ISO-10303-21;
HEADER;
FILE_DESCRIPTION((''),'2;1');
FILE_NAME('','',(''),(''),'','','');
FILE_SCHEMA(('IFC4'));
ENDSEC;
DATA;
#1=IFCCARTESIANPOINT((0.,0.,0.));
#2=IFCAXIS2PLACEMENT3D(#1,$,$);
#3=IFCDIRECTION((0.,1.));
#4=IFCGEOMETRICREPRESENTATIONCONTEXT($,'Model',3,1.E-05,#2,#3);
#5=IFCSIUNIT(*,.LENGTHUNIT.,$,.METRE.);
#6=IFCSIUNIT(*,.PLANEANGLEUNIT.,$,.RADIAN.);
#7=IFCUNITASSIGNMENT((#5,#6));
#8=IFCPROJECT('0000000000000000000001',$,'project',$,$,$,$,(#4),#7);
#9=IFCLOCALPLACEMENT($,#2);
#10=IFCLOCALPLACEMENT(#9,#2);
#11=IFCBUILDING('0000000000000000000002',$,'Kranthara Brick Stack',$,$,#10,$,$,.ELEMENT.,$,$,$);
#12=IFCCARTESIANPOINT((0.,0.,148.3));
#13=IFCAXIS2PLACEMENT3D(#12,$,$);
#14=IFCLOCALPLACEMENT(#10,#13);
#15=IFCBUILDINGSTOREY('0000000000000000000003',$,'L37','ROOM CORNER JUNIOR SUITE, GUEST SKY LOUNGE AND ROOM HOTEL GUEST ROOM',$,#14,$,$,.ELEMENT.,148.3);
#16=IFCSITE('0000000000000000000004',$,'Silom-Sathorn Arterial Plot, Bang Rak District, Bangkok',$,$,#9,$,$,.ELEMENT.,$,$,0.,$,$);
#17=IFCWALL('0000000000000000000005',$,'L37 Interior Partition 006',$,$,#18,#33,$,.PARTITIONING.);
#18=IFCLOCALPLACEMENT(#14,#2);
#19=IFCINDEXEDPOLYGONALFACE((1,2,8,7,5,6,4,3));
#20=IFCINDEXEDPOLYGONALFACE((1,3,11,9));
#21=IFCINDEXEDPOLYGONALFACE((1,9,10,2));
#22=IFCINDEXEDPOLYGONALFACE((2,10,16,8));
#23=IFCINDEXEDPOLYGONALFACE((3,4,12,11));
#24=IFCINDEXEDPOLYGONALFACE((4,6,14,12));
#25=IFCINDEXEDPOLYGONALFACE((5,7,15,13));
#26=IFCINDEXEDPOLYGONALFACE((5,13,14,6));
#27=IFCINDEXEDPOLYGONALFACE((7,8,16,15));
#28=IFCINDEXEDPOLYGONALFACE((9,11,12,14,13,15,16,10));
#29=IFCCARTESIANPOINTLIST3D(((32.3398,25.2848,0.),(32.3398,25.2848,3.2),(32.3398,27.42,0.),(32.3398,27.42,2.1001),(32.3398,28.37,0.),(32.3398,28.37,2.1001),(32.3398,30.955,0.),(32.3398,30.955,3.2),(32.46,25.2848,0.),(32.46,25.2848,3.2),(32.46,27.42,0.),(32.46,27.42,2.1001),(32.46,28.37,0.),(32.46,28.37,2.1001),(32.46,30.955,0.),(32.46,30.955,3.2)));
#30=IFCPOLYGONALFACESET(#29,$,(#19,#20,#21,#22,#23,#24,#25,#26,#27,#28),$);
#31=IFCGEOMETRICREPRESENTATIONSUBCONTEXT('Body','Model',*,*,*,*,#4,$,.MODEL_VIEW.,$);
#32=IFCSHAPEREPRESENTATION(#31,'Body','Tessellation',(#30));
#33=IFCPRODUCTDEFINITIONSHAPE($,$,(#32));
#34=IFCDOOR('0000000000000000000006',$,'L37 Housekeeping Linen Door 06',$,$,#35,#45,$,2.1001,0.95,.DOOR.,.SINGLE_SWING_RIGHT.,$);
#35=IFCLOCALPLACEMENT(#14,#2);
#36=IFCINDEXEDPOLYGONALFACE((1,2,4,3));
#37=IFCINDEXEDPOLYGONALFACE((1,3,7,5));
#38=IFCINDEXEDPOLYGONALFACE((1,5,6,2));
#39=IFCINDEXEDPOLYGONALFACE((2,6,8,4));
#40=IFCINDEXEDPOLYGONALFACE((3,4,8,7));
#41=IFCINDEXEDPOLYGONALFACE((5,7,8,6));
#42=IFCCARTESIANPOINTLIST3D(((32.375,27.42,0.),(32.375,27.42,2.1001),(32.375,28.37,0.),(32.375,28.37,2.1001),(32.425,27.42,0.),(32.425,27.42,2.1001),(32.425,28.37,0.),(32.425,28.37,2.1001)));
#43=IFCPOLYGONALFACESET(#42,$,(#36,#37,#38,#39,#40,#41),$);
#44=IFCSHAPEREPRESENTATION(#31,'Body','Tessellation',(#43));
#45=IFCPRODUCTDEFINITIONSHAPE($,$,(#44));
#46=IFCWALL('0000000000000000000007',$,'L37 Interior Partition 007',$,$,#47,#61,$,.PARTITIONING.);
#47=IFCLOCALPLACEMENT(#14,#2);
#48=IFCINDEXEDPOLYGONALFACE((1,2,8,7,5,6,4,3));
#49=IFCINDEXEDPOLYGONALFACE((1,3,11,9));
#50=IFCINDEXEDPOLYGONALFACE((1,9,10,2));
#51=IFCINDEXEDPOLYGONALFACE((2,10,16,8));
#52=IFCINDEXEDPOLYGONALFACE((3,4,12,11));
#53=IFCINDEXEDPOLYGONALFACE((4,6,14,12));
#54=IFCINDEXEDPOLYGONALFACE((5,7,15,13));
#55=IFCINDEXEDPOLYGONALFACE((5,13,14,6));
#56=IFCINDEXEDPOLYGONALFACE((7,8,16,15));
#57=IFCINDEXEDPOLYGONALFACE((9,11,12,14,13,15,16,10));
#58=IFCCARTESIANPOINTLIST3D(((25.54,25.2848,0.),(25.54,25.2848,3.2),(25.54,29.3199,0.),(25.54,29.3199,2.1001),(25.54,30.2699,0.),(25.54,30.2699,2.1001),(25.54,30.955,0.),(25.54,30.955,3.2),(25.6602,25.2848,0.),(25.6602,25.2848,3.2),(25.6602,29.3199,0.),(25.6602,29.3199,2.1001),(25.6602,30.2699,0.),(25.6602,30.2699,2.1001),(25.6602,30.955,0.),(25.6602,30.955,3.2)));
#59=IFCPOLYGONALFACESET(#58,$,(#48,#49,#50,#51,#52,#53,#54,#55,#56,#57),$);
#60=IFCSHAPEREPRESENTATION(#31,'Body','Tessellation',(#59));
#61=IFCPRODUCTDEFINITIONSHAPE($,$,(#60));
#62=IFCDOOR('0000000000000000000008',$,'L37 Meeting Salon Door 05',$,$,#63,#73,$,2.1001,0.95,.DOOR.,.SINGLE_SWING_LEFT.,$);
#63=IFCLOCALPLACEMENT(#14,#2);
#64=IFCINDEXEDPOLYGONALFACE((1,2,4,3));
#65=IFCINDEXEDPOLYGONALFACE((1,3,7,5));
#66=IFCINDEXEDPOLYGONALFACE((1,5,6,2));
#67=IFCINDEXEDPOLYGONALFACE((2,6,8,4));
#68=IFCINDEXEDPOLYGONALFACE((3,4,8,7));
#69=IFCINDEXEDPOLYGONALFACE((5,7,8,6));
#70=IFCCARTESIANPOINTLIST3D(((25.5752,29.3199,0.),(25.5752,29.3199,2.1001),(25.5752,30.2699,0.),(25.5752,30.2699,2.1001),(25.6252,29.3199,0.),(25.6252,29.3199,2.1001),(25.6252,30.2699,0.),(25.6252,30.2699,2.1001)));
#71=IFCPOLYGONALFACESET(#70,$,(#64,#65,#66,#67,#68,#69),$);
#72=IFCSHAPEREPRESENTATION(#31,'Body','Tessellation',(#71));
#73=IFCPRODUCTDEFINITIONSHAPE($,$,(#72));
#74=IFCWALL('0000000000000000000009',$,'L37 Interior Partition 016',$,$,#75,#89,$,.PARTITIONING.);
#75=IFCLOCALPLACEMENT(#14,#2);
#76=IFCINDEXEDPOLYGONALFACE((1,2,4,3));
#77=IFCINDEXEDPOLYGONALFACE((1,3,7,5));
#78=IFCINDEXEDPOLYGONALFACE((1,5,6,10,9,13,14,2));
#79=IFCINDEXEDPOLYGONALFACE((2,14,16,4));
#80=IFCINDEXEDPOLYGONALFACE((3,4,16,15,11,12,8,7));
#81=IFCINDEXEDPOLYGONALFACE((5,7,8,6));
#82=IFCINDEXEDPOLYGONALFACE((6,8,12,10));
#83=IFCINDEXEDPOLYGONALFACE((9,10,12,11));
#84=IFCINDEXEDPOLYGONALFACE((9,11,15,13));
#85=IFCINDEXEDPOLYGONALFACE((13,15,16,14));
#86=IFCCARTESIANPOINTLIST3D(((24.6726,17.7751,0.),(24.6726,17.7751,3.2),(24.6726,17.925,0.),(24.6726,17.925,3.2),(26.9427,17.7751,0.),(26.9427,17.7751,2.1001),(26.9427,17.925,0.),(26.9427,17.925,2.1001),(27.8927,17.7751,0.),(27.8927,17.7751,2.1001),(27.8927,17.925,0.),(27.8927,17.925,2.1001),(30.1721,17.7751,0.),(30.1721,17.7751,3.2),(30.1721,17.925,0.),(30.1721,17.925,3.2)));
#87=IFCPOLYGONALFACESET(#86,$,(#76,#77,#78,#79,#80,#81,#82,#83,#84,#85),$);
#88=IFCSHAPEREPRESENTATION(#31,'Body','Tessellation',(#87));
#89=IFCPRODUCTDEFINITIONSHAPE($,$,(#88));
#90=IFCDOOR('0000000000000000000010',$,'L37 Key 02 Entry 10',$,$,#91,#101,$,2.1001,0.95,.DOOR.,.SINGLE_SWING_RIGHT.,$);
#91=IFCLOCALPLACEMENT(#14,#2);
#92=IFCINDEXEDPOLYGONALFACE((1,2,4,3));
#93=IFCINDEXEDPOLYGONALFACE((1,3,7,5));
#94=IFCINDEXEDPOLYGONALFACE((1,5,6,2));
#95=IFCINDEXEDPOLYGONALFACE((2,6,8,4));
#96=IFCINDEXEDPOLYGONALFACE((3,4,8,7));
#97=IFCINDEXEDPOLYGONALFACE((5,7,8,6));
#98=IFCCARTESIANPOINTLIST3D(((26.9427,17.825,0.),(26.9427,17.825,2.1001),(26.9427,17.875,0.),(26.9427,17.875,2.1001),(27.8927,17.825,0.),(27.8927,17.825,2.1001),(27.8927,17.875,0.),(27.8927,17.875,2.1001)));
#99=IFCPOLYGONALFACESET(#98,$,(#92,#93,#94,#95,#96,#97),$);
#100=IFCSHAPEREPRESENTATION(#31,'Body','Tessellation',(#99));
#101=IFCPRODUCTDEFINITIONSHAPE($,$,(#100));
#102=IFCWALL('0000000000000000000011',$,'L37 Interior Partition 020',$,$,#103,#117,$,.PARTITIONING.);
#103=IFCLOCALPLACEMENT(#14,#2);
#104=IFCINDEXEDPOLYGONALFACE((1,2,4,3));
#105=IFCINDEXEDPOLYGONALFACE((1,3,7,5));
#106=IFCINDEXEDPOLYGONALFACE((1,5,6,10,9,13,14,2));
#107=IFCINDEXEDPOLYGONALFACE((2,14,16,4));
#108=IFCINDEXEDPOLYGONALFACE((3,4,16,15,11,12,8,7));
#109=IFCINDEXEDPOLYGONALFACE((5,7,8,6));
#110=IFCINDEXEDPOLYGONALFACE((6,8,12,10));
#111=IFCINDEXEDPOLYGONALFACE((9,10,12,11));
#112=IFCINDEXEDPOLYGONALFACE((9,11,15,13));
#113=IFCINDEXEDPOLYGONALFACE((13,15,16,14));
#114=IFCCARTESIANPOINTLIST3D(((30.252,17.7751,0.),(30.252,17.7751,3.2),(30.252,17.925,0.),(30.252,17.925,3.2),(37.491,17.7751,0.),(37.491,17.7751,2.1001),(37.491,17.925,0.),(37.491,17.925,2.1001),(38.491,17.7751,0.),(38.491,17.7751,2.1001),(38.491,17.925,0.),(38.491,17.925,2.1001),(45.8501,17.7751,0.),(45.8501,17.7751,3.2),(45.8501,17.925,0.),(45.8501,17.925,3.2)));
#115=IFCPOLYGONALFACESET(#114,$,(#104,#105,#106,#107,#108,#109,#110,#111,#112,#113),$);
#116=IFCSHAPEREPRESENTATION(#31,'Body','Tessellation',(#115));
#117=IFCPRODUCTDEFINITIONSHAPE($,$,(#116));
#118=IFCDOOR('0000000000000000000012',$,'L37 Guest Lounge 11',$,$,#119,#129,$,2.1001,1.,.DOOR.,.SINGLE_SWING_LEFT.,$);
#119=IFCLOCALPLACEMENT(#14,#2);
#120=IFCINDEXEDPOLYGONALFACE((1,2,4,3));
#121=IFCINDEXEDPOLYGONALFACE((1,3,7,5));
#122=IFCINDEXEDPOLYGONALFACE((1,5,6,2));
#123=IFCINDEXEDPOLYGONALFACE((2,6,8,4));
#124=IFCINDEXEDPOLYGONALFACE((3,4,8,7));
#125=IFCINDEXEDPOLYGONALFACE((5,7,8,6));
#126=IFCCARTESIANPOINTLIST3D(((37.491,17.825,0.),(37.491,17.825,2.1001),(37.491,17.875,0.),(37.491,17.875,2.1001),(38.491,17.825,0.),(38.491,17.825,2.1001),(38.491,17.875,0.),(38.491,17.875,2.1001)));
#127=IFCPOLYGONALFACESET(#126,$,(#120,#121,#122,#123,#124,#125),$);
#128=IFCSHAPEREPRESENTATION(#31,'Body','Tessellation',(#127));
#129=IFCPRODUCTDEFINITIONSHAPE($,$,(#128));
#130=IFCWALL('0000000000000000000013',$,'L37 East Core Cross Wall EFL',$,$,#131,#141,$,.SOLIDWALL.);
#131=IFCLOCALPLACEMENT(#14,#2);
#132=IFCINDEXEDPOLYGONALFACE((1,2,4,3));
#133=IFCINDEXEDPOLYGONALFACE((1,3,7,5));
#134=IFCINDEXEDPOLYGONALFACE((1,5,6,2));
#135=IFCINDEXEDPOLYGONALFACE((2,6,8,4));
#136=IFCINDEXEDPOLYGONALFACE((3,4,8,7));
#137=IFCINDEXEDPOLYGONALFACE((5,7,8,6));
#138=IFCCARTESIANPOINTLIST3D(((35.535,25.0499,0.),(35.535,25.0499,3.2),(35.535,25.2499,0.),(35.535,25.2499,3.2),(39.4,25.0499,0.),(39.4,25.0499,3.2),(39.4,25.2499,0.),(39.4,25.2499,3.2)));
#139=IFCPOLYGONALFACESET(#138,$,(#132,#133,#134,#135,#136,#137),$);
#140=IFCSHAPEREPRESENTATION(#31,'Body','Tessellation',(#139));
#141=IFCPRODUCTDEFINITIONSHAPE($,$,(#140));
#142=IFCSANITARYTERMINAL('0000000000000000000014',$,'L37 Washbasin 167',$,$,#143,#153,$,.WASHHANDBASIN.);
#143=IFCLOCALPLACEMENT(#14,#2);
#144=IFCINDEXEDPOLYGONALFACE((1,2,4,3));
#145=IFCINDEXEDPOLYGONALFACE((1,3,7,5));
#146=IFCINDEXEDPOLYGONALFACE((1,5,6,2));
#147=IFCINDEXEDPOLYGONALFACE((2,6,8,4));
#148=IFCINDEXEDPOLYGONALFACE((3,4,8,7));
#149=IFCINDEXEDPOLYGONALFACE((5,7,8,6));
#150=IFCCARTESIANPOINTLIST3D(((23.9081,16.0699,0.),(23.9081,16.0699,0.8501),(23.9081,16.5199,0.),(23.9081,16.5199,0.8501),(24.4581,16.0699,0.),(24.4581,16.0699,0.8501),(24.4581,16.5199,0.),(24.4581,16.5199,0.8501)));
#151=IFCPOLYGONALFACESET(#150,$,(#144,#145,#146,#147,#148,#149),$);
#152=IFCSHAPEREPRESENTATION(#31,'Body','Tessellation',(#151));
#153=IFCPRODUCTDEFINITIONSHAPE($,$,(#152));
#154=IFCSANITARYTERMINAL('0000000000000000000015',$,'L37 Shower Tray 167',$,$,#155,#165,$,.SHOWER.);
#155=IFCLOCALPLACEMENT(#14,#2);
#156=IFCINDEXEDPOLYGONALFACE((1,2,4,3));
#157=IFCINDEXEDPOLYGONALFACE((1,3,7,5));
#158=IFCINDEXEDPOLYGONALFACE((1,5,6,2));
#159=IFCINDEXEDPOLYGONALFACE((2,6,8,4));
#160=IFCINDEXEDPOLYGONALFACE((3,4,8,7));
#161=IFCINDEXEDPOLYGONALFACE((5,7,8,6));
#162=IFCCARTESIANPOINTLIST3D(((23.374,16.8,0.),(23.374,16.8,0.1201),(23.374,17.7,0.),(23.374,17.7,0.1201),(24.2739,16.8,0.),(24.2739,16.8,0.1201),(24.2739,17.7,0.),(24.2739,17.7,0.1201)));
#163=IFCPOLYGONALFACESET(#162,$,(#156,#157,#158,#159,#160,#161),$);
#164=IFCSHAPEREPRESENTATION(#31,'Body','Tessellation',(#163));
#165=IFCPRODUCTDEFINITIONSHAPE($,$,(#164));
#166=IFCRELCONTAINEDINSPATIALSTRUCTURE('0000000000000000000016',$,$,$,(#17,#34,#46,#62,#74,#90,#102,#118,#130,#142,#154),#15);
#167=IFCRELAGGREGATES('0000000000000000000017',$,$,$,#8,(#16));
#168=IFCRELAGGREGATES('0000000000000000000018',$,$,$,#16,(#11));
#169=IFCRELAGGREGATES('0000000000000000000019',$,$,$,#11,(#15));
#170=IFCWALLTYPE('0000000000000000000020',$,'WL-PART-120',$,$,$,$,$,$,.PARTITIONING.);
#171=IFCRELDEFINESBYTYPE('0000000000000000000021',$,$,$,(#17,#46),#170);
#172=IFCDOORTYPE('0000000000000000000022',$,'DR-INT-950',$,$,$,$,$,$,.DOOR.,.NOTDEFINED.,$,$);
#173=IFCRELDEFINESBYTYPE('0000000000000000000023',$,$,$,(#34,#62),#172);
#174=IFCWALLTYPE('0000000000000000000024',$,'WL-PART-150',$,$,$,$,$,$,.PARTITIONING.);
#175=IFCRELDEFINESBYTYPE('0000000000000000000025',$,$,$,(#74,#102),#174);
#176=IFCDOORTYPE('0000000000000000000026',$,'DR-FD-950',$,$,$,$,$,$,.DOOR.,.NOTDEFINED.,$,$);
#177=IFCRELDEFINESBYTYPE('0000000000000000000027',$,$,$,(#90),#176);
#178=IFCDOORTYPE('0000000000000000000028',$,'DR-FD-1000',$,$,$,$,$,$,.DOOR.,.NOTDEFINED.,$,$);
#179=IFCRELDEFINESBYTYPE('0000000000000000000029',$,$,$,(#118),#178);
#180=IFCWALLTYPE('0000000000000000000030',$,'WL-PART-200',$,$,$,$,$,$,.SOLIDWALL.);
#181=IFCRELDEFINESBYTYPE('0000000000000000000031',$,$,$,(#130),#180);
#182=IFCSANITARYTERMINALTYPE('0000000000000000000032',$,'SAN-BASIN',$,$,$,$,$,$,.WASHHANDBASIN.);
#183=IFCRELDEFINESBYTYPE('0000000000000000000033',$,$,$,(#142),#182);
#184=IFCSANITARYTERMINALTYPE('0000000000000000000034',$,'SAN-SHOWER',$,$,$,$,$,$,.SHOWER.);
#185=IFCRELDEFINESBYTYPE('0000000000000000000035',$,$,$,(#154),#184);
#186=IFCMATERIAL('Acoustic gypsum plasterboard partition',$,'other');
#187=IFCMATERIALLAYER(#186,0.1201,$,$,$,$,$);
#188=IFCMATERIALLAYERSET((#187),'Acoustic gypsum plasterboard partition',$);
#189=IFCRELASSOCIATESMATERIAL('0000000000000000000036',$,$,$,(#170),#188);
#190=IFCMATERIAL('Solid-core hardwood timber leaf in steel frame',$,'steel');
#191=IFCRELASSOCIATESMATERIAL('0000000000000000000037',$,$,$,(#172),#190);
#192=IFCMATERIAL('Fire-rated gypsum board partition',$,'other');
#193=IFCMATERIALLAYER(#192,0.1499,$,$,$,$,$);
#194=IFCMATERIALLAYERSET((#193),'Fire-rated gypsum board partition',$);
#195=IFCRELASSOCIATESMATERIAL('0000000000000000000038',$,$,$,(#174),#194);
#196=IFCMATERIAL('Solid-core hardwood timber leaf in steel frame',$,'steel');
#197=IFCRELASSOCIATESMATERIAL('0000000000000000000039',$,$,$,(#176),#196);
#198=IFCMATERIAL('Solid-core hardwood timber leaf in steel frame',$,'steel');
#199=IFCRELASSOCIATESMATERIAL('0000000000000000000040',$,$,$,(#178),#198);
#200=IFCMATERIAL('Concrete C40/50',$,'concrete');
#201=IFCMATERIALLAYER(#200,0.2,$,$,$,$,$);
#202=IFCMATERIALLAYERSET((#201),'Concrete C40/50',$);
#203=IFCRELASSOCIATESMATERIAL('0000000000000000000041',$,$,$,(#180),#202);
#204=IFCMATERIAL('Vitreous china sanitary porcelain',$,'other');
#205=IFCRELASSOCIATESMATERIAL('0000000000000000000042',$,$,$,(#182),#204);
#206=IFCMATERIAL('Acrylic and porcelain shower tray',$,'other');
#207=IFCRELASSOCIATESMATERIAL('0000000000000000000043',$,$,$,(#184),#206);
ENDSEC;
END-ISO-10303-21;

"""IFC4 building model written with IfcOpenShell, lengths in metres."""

from ifc_helpers import new_model, si_unit, direction, frame, frame_2d, origin, origin_2d, place, context, subcontext, project, spatial, rectangle, extrude, material, layer, layer_set, type_object, element, fill, save


model = new_model("IFC4")

# Units and contexts
model_context = context("Model", 3, precision=1e-05, world=origin(), true_north=direction((0.0, 1.0)))
body_context = subcontext(model_context, "Body", "Model", "MODEL_VIEW")
ifc_project = project(units=[si_unit("LENGTHUNIT", "METRE"), si_unit("PLANEANGLEUNIT", "RADIAN")], contexts=[model_context])

# Site, building, storey
site_placement = place(None, origin())
site = spatial("IfcSite", under=ifc_project, at=site_placement, Name="Silom-Sathorn Arterial Plot, Bang Rak District, Bangkok", CompositionType="ELEMENT", RefElevation=0.0)
building_placement = place(site_placement, origin())
building = spatial("IfcBuilding", under=site, at=building_placement, Name="Kranthara Brick Stack", CompositionType="ELEMENT")
storey_placement = place(building_placement, frame((0.0, 0.0, 148.3)))
storey = spatial("IfcBuildingStorey", under=building, at=storey_placement, Name="L37", Description="ROOM CORNER JUNIOR SUITE, GUEST SKY LOUNGE AND ROOM HOTEL GUEST ROOM", CompositionType="ELEMENT", Elevation=148.3)

# Walls, openings, doors
ifc_material_1 = material(Name="Acoustic gypsum plasterboard partition", Category="other")
ifc_layer_1 = layer(ifc_material_1, 0.1201)
ifc_layer_set_1 = layer_set([ifc_layer_1], Name="Acoustic gypsum plasterboard partition")
wall_type_1 = type_object("IfcWallType", Name="WL-PART-120", PredefinedType="PARTITIONING", material=ifc_layer_set_1)
wall_1_placement = place(storey_placement, frame((32.3999, 25.2849, 0.0), z_axis=(0.0, 0.0, 1.0), x_axis=(0.0, 1.0, 0.0)))
wall_1 = element("IfcWall", 1, at=wall_1_placement, inside=storey, type_object=wall_type_1, Name="L37 Interior Partition 006", PredefinedType="PARTITIONING", context=body_context, shape_type="SweptSolid", body=[
    extrude(rectangle(XDim=5.6702, YDim=0.1201, at=frame_2d((2.835, 0.0))), origin(), (0.0, 0.0, 1.0), 3.2),
])
opening_1_placement = place(wall_1_placement, frame((2.135, 0.0, 0.0)))
opening_1 = element("IfcOpeningElement", 2, at=opening_1_placement, cuts=wall_1, PredefinedType="OPENING", context=body_context, shape_type="SweptSolid", body=[
    extrude(rectangle(XDim=0.95, YDim=2.1001, at=frame_2d((0.4751, 1.05))), frame((0.0, 0.0701, 0.0), z_axis=(0.0, -1.0, 0.0), x_axis=(1.0, 0.0, 0.0)), (0.0, 0.0, 1.0), 0.1401),
])
ifc_material_2 = material(Name="Solid-core hardwood timber leaf in steel frame", Category="steel")
door_type_1 = type_object("IfcDoorType", Name="DR-INT-950", OperationType="NOTDEFINED", PredefinedType="DOOR", material=ifc_material_2)
door_1_placement = place(opening_1_placement, origin())
door_1 = element("IfcDoor", 3, at=door_1_placement, inside=storey, type_object=door_type_1, Name="L37 Housekeeping Linen Door 06", OperationType="SINGLE_SWING_RIGHT", OverallHeight=2.1001, OverallWidth=0.95, PredefinedType="DOOR", context=body_context, shape_type="SweptSolid", body=[
    extrude(rectangle(XDim=0.95, YDim=2.1001, at=frame_2d((0.4751, 1.05))), frame((0.0, 0.0249, 0.0), z_axis=(0.0, -1.0, 0.0), x_axis=(1.0, 0.0, 0.0)), (0.0, 0.0, 1.0), 0.05),
])
fill(opening_1, door_1)
wall_2_placement = place(storey_placement, frame((25.6001, 25.2849, 0.0), z_axis=(0.0, 0.0, 1.0), x_axis=(0.0, 1.0, 0.0)))
wall_2 = element("IfcWall", 4, at=wall_2_placement, inside=storey, type_object=wall_type_1, Name="L37 Interior Partition 007", PredefinedType="PARTITIONING", context=body_context, shape_type="SweptSolid", body=[
    extrude(rectangle(XDim=5.6702, YDim=0.1201, at=frame_2d((2.835, 0.0))), origin(), (0.0, 0.0, 1.0), 3.2),
])
opening_2_placement = place(wall_2_placement, frame((4.0349, 0.0, 0.0)))
opening_2 = element("IfcOpeningElement", 5, at=opening_2_placement, cuts=wall_2, PredefinedType="OPENING", context=body_context, shape_type="SweptSolid", body=[
    extrude(rectangle(XDim=0.95, YDim=2.1001, at=frame_2d((0.4751, 1.05))), frame((0.0, 0.0701, 0.0), z_axis=(0.0, -1.0, 0.0), x_axis=(1.0, 0.0, 0.0)), (0.0, 0.0, 1.0), 0.1401),
])
door_2_placement = place(opening_2_placement, origin())
door_2 = element("IfcDoor", 6, at=door_2_placement, inside=storey, type_object=door_type_1, Name="L37 Meeting Salon Door 05", OperationType="SINGLE_SWING_LEFT", OverallHeight=2.1001, OverallWidth=0.95, PredefinedType="DOOR", context=body_context, shape_type="SweptSolid", body=[
    extrude(rectangle(XDim=0.95, YDim=2.1001, at=frame_2d((0.4751, 1.05))), frame((0.0, 0.0249, 0.0), z_axis=(0.0, -1.0, 0.0), x_axis=(1.0, 0.0, 0.0)), (0.0, 0.0, 1.0), 0.05),
])
fill(opening_2, door_2)
ifc_material_3 = material(Name="Fire-rated gypsum board partition", Category="other")
ifc_layer_2 = layer(ifc_material_3, 0.1499)
ifc_layer_set_2 = layer_set([ifc_layer_2], Name="Fire-rated gypsum board partition")
wall_type_2 = type_object("IfcWallType", Name="WL-PART-150", PredefinedType="PARTITIONING", material=ifc_layer_set_2)
wall_3_placement = place(storey_placement, frame((24.6726, 17.8501, 0.0), z_axis=(0.0, 0.0, 1.0), x_axis=(1.0, 0.0, 0.0)))
wall_3 = element("IfcWall", 7, at=wall_3_placement, inside=storey, type_object=wall_type_2, Name="L37 Interior Partition 016", PredefinedType="PARTITIONING", context=body_context, shape_type="SweptSolid", body=[
    extrude(rectangle(XDim=5.4995, YDim=0.1499, at=frame_2d((2.7498, 0.0))), origin(), (0.0, 0.0, 1.0), 3.2),
])
opening_3_placement = place(wall_3_placement, frame((2.27, 0.0, 0.0)))
opening_3 = element("IfcOpeningElement", 8, at=opening_3_placement, cuts=wall_3, PredefinedType="OPENING", context=body_context, shape_type="SweptSolid", body=[
    extrude(rectangle(XDim=0.95, YDim=2.1001, at=frame_2d((0.4751, 1.05))), frame((0.0, 0.085, 0.0), z_axis=(0.0, -1.0, 0.0), x_axis=(1.0, 0.0, 0.0)), (0.0, 0.0, 1.0), 0.1699),
])
ifc_material_4 = material(Name="Solid-core hardwood timber leaf in steel frame", Category="steel")
door_type_2 = type_object("IfcDoorType", Name="DR-FD-950", OperationType="NOTDEFINED", PredefinedType="DOOR", material=ifc_material_4)
door_3_placement = place(opening_3_placement, origin())
door_3 = element("IfcDoor", 9, at=door_3_placement, inside=storey, type_object=door_type_2, Name="L37 Key 02 Entry 10", OperationType="SINGLE_SWING_RIGHT", OverallHeight=2.1001, OverallWidth=0.95, PredefinedType="DOOR", context=body_context, shape_type="SweptSolid", body=[
    extrude(rectangle(XDim=0.95, YDim=2.1001, at=frame_2d((0.4751, 1.05))), frame((0.0, 0.0249, 0.0), z_axis=(0.0, -1.0, 0.0), x_axis=(1.0, 0.0, 0.0)), (0.0, 0.0, 1.0), 0.05),
])
fill(opening_3, door_3)
wall_4_placement = place(storey_placement, frame((30.252, 17.8501, 0.0), z_axis=(0.0, 0.0, 1.0), x_axis=(1.0, 0.0, 0.0)))
wall_4 = element("IfcWall", 10, at=wall_4_placement, inside=storey, type_object=wall_type_2, Name="L37 Interior Partition 020", PredefinedType="PARTITIONING", context=body_context, shape_type="SweptSolid", body=[
    extrude(rectangle(XDim=15.5981, YDim=0.1499, at=frame_2d((7.7991, 0.0))), origin(), (0.0, 0.0, 1.0), 3.2),
])
opening_4_placement = place(wall_4_placement, frame((7.239, 0.0, 0.0)))
opening_4 = element("IfcOpeningElement", 11, at=opening_4_placement, cuts=wall_4, PredefinedType="OPENING", context=body_context, shape_type="SweptSolid", body=[
    extrude(rectangle(XDim=1.0, YDim=2.1001, at=frame_2d((0.5, 1.05))), frame((0.0, 0.085, 0.0), z_axis=(0.0, -1.0, 0.0), x_axis=(1.0, 0.0, 0.0)), (0.0, 0.0, 1.0), 0.1699),
])
ifc_material_5 = material(Name="Solid-core hardwood timber leaf in steel frame", Category="steel")
door_type_3 = type_object("IfcDoorType", Name="DR-FD-1000", OperationType="NOTDEFINED", PredefinedType="DOOR", material=ifc_material_5)
door_4_placement = place(opening_4_placement, origin())
door_4 = element("IfcDoor", 12, at=door_4_placement, inside=storey, type_object=door_type_3, Name="L37 Guest Lounge 11", OperationType="SINGLE_SWING_LEFT", OverallHeight=2.1001, OverallWidth=1.0, PredefinedType="DOOR", context=body_context, shape_type="SweptSolid", body=[
    extrude(rectangle(XDim=1.0, YDim=2.1001, at=frame_2d((0.5, 1.05))), frame((0.0, 0.0249, 0.0), z_axis=(0.0, -1.0, 0.0), x_axis=(1.0, 0.0, 0.0)), (0.0, 0.0, 1.0), 0.05),
])
fill(opening_4, door_4)

# Wall
ifc_material_6 = material(Name="Concrete C40/50", Category="concrete")
ifc_layer_3 = layer(ifc_material_6, 0.2)
ifc_layer_set_3 = layer_set([ifc_layer_3], Name="Concrete C40/50")
wall_type_3 = type_object("IfcWallType", Name="WL-PART-200", PredefinedType="SOLIDWALL", material=ifc_layer_set_3)
wall_5_placement = place(storey_placement, frame((35.5349, 25.1499, 0.0), z_axis=(0.0, 0.0, 1.0), x_axis=(1.0, 0.0, 0.0)))
element("IfcWall", 13, at=wall_5_placement, inside=storey, type_object=wall_type_3, Name="L37 East Core Cross Wall EFL", PredefinedType="SOLIDWALL", context=body_context, shape_type="SweptSolid", body=[
    extrude(rectangle(XDim=3.865, YDim=0.2, at=frame_2d((1.9326, 0.0))), origin(), (0.0, 0.0, 1.0), 3.2),
])

# Sanitary terminals
ifc_material_7 = material(Name="Vitreous china sanitary porcelain", Category="other")
sanitary_terminal_type_1 = type_object("IfcSanitaryTerminalType", Name="SAN-BASIN", PredefinedType="WASHHANDBASIN", material=ifc_material_7)
sanitary_terminal_1_placement = place(storey_placement, frame((24.1831, 16.2949, 0.0), z_axis=(0.0, 0.0, 1.0), x_axis=(1.0, 0.0, 0.0)))
element("IfcSanitaryTerminal", 14, at=sanitary_terminal_1_placement, inside=storey, type_object=sanitary_terminal_type_1, Name="L37 Washbasin 167", PredefinedType="WASHHANDBASIN", context=body_context, shape_type="SweptSolid", body=[
    extrude(rectangle(XDim=0.55, YDim=0.45, at=origin_2d()), origin(), (0.0, 0.0, 1.0), 0.8501),
])
ifc_material_8 = material(Name="Acrylic and porcelain shower tray", Category="other")
sanitary_terminal_type_2 = type_object("IfcSanitaryTerminalType", Name="SAN-SHOWER", PredefinedType="SHOWER", material=ifc_material_8)
sanitary_terminal_2_placement = place(storey_placement, frame((23.824, 17.25, 0.0), z_axis=(0.0, 0.0, 1.0), x_axis=(1.0, 0.0, 0.0)))
element("IfcSanitaryTerminal", 15, at=sanitary_terminal_2_placement, inside=storey, type_object=sanitary_terminal_type_2, Name="L37 Shower Tray 167", PredefinedType="SHOWER", context=body_context, shape_type="SweptSolid", body=[
    extrude(rectangle(XDim=0.8999, YDim=0.8999, at=origin_2d()), origin(), (0.0, 0.0, 1.0), 0.1201),
])

save(model, "model.ifc")
